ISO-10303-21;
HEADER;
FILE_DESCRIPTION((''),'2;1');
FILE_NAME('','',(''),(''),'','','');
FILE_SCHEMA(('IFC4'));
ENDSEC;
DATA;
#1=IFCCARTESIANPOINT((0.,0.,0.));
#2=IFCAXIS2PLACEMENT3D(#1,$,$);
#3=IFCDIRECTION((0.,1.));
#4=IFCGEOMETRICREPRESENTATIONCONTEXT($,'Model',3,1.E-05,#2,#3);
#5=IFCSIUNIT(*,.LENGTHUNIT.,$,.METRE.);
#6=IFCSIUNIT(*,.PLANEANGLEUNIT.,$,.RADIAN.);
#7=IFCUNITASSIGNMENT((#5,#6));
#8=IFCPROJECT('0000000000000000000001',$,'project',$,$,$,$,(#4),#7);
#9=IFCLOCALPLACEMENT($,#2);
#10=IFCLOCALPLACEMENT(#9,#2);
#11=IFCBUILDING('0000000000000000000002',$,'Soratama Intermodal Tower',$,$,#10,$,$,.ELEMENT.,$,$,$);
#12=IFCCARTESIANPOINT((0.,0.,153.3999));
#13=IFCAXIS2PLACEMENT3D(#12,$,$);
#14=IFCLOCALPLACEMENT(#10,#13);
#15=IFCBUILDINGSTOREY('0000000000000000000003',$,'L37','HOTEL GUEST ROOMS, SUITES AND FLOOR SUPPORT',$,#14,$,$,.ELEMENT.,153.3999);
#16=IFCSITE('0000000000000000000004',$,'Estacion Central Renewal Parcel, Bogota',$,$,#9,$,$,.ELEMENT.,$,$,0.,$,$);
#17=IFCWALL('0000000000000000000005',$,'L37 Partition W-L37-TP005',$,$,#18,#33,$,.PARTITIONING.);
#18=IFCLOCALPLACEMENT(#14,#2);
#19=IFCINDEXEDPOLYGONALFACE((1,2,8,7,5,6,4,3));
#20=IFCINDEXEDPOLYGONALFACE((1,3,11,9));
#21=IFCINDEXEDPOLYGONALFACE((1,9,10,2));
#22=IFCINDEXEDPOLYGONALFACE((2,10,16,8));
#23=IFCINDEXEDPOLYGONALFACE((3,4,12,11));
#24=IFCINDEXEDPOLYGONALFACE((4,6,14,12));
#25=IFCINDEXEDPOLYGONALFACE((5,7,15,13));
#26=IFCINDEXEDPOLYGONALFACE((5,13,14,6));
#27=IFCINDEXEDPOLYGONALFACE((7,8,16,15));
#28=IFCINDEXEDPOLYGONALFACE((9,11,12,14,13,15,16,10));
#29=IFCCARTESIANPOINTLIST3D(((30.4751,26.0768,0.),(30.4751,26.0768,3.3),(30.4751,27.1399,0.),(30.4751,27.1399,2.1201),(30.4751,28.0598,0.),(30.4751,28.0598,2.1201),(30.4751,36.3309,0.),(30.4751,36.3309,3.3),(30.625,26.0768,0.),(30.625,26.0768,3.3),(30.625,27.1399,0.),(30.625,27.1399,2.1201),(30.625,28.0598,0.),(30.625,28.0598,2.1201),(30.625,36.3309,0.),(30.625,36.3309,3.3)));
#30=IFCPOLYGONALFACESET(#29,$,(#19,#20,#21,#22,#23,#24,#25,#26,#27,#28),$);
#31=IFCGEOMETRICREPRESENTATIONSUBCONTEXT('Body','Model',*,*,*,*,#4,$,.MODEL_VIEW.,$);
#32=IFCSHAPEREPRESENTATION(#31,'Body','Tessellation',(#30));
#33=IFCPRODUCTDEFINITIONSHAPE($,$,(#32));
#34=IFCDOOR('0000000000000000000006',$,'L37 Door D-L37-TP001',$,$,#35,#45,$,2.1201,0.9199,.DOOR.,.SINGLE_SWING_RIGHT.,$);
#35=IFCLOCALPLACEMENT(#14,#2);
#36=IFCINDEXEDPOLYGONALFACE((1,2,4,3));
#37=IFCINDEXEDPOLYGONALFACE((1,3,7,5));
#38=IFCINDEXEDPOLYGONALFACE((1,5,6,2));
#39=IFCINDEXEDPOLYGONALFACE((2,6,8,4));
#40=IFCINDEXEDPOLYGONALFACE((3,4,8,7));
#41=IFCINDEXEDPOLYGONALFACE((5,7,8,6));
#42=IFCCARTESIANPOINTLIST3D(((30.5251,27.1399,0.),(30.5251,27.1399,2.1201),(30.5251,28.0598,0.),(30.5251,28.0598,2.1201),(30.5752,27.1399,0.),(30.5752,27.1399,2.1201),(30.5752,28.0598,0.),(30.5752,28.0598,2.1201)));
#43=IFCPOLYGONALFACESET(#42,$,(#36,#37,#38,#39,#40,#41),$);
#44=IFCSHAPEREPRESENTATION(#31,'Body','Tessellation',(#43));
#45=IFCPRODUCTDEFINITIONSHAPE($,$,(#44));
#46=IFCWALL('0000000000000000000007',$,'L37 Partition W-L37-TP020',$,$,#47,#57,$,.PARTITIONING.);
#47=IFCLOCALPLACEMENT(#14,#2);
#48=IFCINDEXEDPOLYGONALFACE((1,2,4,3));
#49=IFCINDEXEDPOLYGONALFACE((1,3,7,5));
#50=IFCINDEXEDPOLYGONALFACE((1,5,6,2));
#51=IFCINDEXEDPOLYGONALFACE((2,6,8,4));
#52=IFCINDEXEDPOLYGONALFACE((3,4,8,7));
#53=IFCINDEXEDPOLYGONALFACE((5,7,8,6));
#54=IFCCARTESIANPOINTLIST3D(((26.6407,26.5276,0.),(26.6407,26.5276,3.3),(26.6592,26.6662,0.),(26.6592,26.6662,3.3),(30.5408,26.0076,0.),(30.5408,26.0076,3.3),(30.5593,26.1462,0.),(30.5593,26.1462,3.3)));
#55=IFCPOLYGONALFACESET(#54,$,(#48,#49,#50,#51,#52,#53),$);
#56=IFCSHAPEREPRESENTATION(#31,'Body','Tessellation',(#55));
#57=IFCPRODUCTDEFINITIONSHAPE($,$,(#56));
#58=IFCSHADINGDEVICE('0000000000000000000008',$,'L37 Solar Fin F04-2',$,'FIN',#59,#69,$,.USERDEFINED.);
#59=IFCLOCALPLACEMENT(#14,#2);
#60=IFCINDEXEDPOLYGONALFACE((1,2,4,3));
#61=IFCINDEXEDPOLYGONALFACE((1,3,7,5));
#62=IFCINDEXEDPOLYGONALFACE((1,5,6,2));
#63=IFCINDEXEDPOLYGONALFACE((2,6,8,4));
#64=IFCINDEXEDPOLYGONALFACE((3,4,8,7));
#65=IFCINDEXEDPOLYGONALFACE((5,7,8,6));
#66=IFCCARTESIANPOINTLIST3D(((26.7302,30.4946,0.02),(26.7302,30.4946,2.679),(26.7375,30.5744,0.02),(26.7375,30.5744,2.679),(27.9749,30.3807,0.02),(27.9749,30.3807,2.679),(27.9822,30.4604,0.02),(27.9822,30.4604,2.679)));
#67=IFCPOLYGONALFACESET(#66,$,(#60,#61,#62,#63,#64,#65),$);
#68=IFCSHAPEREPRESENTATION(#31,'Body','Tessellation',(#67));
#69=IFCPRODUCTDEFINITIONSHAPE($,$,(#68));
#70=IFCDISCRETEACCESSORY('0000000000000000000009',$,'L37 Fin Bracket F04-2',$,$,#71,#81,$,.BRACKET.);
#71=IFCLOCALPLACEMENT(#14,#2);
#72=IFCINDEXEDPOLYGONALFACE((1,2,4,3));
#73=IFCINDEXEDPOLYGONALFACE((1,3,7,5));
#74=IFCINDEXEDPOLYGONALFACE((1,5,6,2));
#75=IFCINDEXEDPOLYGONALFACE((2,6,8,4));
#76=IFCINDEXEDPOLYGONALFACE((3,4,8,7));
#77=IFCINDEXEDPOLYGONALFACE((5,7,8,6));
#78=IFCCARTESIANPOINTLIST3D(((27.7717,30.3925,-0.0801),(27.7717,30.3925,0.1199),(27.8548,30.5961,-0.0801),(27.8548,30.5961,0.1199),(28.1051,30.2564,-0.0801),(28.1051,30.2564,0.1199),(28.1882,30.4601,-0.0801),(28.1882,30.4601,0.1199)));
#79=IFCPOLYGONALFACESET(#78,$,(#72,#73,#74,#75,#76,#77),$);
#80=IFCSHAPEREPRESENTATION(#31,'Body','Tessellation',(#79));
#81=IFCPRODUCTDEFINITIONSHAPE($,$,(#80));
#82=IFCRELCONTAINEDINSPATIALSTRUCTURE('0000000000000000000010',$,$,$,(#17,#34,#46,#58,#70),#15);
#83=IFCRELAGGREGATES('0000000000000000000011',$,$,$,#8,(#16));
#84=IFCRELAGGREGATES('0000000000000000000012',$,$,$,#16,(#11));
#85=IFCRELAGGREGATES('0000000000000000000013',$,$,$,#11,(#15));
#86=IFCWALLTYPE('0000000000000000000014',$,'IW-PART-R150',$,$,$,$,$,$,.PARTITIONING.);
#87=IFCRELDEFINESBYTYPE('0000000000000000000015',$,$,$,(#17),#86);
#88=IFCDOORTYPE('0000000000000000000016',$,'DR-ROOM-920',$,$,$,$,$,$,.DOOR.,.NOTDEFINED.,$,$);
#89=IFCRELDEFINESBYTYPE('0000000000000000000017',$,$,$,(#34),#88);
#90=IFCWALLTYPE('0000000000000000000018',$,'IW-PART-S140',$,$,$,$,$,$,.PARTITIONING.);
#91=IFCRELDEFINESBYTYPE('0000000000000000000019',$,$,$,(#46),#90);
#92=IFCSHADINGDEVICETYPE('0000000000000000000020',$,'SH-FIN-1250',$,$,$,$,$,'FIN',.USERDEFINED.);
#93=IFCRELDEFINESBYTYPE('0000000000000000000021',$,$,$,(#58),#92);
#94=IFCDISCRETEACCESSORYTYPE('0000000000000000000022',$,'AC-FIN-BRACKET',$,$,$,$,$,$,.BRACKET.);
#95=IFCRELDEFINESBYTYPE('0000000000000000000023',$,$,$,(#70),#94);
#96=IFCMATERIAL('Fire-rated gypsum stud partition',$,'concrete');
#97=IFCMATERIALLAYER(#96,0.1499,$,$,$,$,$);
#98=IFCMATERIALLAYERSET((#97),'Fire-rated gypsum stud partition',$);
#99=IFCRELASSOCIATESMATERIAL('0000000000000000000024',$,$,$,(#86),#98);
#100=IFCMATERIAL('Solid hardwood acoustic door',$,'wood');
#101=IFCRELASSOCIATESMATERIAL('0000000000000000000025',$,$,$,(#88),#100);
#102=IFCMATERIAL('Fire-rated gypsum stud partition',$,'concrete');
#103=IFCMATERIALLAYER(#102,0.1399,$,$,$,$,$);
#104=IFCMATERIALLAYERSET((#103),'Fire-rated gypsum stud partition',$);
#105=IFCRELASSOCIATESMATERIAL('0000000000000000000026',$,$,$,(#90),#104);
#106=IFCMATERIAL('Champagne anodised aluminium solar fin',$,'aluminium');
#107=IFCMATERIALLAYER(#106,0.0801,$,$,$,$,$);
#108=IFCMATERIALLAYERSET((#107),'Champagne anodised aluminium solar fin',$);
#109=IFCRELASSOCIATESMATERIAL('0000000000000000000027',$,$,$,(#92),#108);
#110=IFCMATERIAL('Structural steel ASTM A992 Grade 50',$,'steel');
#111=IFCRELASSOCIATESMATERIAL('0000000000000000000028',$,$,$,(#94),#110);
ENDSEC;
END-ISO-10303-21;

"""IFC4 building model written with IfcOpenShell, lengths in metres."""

from ifc_helpers import new_model, si_unit, direction, frame, frame_2d, origin, origin_2d, place, context, subcontext, project, spatial, rectangle, extrude, material, layer, layer_set, type_object, element, fill, save


model = new_model("IFC4")

# Units and contexts
model_context = context("Model", 3, precision=1e-05, world=origin(), true_north=direction((0.0, 1.0)))
body_context = subcontext(model_context, "Body", "Model", "MODEL_VIEW")
ifc_project = project(units=[si_unit("LENGTHUNIT", "METRE"), si_unit("PLANEANGLEUNIT", "RADIAN")], contexts=[model_context])

# Site, building, storey
site_placement = place(None, origin())
site = spatial("IfcSite", under=ifc_project, at=site_placement, Name="Estacion Central Renewal Parcel, Bogota", CompositionType="ELEMENT", RefElevation=0.0)
building_placement = place(site_placement, origin())
building = spatial("IfcBuilding", under=site, at=building_placement, Name="Soratama Intermodal Tower", CompositionType="ELEMENT")
storey_placement = place(building_placement, frame((0.0, 0.0, 153.3999)))
storey = spatial("IfcBuildingStorey", under=building, at=storey_placement, Name="L37", Description="HOTEL GUEST ROOMS, SUITES AND FLOOR SUPPORT", CompositionType="ELEMENT", Elevation=153.3999)

# Wall, opening, door
ifc_material_1 = material(Name="Fire-rated gypsum stud partition", Category="concrete")
ifc_layer_1 = layer(ifc_material_1, 0.1499)
ifc_layer_set_1 = layer_set([ifc_layer_1], Name="Fire-rated gypsum stud partition")
wall_type_1 = type_object("IfcWallType", Name="IW-PART-R150", PredefinedType="PARTITIONING", material=ifc_layer_set_1)
wall_1_placement = place(storey_placement, frame((30.55, 26.0769, 0.0), z_axis=(0.0, 0.0, 1.0), x_axis=(0.0, 1.0, 0.0)))
wall_1 = element("IfcWall", 1, at=wall_1_placement, inside=storey, type_object=wall_type_1, Name="L37 Partition W-L37-TP005", PredefinedType="PARTITIONING", context=body_context, shape_type="SweptSolid", body=[
    extrude(rectangle(XDim=10.2542, YDim=0.1499, at=frame_2d((5.127, 0.0))), origin(), (0.0, 0.0, 1.0), 3.3),
])
opening_1_placement = place(wall_1_placement, frame((1.063, 0.0, 0.0)))
opening_1 = element("IfcOpeningElement", 2, at=opening_1_placement, cuts=wall_1, PredefinedType="OPENING", context=body_context, shape_type="SweptSolid", body=[
    extrude(rectangle(XDim=0.9199, YDim=2.1201, at=frame_2d((0.46, 1.0601))), frame((0.0, 0.085, 0.0), z_axis=(0.0, -1.0, 0.0), x_axis=(1.0, 0.0, 0.0)), (0.0, 0.0, 1.0), 0.1699),
])
ifc_material_2 = material(Name="Solid hardwood acoustic door", Category="wood")
door_type_1 = type_object("IfcDoorType", Name="DR-ROOM-920", OperationType="NOTDEFINED", PredefinedType="DOOR", material=ifc_material_2)
door_1_placement = place(opening_1_placement, origin())
door_1 = element("IfcDoor", 3, at=door_1_placement, inside=storey, type_object=door_type_1, Name="L37 Door D-L37-TP001", OperationType="SINGLE_SWING_RIGHT", OverallHeight=2.1201, OverallWidth=0.9199, PredefinedType="DOOR", context=body_context, shape_type="SweptSolid", body=[
    extrude(rectangle(XDim=0.9199, YDim=2.1201, at=frame_2d((0.46, 1.0601))), frame((0.0, 0.0249, 0.0), z_axis=(0.0, -1.0, 0.0), x_axis=(1.0, 0.0, 0.0)), (0.0, 0.0, 1.0), 0.05),
])
fill(opening_1, door_1)

# Wall
ifc_material_3 = material(Name="Fire-rated gypsum stud partition", Category="concrete")
ifc_layer_2 = layer(ifc_material_3, 0.1399)
ifc_layer_set_2 = layer_set([ifc_layer_2], Name="Fire-rated gypsum stud partition")
wall_type_2 = type_object("IfcWallType", Name="IW-PART-S140", PredefinedType="PARTITIONING", material=ifc_layer_set_2)
wall_2_placement = place(storey_placement, frame((30.55, 26.0769, 0.0), z_axis=(0.0, 0.0, 1.0), x_axis=(-0.991228, 0.132164, 0.0)))
element("IfcWall", 4, at=wall_2_placement, inside=storey, type_object=wall_type_2, Name="L37 Partition W-L37-TP020", PredefinedType="PARTITIONING", context=body_context, shape_type="SweptSolid", body=[
    extrude(rectangle(XDim=3.9346, YDim=0.1399, at=frame_2d((1.9673, 0.0))), origin(), (0.0, 0.0, 1.0), 3.3),
])

# Shading device
ifc_material_4 = material(Name="Champagne anodised aluminium solar fin", Category="aluminium")
ifc_layer_3 = layer(ifc_material_4, 0.0801)
ifc_layer_set_3 = layer_set([ifc_layer_3], Name="Champagne anodised aluminium solar fin")
shading_device_type = type_object("IfcShadingDeviceType", Name="SH-FIN-1250", ElementType="FIN", PredefinedType="USERDEFINED", material=ifc_layer_set_3)
shading_device_placement = place(storey_placement, frame((27.3562, 30.4775, 0.02), z_axis=(0.0, 0.0, 1.0), x_axis=(-0.995837, 0.091154, 0.0)))
element("IfcShadingDevice", 5, at=shading_device_placement, inside=storey, type_object=shading_device_type, Name="L37 Solar Fin F04-2", ObjectType="FIN", PredefinedType="USERDEFINED", context=body_context, shape_type="SweptSolid", body=[
    extrude(rectangle(XDim=1.25, YDim=0.0801, at=origin_2d()), origin(), (0.0, 0.0, 1.0), 2.6589),
])

# Discrete accessory
ifc_material_5 = material(Name="Structural steel ASTM A992 Grade 50", Category="steel")
discrete_accessory_type = type_object("IfcDiscreteAccessoryType", Name="AC-FIN-BRACKET", PredefinedType="BRACKET", material=ifc_material_5)
discrete_accessory_placement = place(storey_placement, frame((27.98, 30.4263, -0.0801), z_axis=(0.0, 0.0, 1.0), x_axis=(-0.925871, 0.377841, 0.0)))
element("IfcDiscreteAccessory", 6, at=discrete_accessory_placement, inside=storey, type_object=discrete_accessory_type, Name="L37 Fin Bracket F04-2", PredefinedType="BRACKET", context=body_context, shape_type="SweptSolid", body=[
    extrude(rectangle(XDim=0.3601, YDim=0.22, at=origin_2d()), origin(), (0.0, 0.0, 1.0), 0.2),
])

save(model, "model.ifc")
